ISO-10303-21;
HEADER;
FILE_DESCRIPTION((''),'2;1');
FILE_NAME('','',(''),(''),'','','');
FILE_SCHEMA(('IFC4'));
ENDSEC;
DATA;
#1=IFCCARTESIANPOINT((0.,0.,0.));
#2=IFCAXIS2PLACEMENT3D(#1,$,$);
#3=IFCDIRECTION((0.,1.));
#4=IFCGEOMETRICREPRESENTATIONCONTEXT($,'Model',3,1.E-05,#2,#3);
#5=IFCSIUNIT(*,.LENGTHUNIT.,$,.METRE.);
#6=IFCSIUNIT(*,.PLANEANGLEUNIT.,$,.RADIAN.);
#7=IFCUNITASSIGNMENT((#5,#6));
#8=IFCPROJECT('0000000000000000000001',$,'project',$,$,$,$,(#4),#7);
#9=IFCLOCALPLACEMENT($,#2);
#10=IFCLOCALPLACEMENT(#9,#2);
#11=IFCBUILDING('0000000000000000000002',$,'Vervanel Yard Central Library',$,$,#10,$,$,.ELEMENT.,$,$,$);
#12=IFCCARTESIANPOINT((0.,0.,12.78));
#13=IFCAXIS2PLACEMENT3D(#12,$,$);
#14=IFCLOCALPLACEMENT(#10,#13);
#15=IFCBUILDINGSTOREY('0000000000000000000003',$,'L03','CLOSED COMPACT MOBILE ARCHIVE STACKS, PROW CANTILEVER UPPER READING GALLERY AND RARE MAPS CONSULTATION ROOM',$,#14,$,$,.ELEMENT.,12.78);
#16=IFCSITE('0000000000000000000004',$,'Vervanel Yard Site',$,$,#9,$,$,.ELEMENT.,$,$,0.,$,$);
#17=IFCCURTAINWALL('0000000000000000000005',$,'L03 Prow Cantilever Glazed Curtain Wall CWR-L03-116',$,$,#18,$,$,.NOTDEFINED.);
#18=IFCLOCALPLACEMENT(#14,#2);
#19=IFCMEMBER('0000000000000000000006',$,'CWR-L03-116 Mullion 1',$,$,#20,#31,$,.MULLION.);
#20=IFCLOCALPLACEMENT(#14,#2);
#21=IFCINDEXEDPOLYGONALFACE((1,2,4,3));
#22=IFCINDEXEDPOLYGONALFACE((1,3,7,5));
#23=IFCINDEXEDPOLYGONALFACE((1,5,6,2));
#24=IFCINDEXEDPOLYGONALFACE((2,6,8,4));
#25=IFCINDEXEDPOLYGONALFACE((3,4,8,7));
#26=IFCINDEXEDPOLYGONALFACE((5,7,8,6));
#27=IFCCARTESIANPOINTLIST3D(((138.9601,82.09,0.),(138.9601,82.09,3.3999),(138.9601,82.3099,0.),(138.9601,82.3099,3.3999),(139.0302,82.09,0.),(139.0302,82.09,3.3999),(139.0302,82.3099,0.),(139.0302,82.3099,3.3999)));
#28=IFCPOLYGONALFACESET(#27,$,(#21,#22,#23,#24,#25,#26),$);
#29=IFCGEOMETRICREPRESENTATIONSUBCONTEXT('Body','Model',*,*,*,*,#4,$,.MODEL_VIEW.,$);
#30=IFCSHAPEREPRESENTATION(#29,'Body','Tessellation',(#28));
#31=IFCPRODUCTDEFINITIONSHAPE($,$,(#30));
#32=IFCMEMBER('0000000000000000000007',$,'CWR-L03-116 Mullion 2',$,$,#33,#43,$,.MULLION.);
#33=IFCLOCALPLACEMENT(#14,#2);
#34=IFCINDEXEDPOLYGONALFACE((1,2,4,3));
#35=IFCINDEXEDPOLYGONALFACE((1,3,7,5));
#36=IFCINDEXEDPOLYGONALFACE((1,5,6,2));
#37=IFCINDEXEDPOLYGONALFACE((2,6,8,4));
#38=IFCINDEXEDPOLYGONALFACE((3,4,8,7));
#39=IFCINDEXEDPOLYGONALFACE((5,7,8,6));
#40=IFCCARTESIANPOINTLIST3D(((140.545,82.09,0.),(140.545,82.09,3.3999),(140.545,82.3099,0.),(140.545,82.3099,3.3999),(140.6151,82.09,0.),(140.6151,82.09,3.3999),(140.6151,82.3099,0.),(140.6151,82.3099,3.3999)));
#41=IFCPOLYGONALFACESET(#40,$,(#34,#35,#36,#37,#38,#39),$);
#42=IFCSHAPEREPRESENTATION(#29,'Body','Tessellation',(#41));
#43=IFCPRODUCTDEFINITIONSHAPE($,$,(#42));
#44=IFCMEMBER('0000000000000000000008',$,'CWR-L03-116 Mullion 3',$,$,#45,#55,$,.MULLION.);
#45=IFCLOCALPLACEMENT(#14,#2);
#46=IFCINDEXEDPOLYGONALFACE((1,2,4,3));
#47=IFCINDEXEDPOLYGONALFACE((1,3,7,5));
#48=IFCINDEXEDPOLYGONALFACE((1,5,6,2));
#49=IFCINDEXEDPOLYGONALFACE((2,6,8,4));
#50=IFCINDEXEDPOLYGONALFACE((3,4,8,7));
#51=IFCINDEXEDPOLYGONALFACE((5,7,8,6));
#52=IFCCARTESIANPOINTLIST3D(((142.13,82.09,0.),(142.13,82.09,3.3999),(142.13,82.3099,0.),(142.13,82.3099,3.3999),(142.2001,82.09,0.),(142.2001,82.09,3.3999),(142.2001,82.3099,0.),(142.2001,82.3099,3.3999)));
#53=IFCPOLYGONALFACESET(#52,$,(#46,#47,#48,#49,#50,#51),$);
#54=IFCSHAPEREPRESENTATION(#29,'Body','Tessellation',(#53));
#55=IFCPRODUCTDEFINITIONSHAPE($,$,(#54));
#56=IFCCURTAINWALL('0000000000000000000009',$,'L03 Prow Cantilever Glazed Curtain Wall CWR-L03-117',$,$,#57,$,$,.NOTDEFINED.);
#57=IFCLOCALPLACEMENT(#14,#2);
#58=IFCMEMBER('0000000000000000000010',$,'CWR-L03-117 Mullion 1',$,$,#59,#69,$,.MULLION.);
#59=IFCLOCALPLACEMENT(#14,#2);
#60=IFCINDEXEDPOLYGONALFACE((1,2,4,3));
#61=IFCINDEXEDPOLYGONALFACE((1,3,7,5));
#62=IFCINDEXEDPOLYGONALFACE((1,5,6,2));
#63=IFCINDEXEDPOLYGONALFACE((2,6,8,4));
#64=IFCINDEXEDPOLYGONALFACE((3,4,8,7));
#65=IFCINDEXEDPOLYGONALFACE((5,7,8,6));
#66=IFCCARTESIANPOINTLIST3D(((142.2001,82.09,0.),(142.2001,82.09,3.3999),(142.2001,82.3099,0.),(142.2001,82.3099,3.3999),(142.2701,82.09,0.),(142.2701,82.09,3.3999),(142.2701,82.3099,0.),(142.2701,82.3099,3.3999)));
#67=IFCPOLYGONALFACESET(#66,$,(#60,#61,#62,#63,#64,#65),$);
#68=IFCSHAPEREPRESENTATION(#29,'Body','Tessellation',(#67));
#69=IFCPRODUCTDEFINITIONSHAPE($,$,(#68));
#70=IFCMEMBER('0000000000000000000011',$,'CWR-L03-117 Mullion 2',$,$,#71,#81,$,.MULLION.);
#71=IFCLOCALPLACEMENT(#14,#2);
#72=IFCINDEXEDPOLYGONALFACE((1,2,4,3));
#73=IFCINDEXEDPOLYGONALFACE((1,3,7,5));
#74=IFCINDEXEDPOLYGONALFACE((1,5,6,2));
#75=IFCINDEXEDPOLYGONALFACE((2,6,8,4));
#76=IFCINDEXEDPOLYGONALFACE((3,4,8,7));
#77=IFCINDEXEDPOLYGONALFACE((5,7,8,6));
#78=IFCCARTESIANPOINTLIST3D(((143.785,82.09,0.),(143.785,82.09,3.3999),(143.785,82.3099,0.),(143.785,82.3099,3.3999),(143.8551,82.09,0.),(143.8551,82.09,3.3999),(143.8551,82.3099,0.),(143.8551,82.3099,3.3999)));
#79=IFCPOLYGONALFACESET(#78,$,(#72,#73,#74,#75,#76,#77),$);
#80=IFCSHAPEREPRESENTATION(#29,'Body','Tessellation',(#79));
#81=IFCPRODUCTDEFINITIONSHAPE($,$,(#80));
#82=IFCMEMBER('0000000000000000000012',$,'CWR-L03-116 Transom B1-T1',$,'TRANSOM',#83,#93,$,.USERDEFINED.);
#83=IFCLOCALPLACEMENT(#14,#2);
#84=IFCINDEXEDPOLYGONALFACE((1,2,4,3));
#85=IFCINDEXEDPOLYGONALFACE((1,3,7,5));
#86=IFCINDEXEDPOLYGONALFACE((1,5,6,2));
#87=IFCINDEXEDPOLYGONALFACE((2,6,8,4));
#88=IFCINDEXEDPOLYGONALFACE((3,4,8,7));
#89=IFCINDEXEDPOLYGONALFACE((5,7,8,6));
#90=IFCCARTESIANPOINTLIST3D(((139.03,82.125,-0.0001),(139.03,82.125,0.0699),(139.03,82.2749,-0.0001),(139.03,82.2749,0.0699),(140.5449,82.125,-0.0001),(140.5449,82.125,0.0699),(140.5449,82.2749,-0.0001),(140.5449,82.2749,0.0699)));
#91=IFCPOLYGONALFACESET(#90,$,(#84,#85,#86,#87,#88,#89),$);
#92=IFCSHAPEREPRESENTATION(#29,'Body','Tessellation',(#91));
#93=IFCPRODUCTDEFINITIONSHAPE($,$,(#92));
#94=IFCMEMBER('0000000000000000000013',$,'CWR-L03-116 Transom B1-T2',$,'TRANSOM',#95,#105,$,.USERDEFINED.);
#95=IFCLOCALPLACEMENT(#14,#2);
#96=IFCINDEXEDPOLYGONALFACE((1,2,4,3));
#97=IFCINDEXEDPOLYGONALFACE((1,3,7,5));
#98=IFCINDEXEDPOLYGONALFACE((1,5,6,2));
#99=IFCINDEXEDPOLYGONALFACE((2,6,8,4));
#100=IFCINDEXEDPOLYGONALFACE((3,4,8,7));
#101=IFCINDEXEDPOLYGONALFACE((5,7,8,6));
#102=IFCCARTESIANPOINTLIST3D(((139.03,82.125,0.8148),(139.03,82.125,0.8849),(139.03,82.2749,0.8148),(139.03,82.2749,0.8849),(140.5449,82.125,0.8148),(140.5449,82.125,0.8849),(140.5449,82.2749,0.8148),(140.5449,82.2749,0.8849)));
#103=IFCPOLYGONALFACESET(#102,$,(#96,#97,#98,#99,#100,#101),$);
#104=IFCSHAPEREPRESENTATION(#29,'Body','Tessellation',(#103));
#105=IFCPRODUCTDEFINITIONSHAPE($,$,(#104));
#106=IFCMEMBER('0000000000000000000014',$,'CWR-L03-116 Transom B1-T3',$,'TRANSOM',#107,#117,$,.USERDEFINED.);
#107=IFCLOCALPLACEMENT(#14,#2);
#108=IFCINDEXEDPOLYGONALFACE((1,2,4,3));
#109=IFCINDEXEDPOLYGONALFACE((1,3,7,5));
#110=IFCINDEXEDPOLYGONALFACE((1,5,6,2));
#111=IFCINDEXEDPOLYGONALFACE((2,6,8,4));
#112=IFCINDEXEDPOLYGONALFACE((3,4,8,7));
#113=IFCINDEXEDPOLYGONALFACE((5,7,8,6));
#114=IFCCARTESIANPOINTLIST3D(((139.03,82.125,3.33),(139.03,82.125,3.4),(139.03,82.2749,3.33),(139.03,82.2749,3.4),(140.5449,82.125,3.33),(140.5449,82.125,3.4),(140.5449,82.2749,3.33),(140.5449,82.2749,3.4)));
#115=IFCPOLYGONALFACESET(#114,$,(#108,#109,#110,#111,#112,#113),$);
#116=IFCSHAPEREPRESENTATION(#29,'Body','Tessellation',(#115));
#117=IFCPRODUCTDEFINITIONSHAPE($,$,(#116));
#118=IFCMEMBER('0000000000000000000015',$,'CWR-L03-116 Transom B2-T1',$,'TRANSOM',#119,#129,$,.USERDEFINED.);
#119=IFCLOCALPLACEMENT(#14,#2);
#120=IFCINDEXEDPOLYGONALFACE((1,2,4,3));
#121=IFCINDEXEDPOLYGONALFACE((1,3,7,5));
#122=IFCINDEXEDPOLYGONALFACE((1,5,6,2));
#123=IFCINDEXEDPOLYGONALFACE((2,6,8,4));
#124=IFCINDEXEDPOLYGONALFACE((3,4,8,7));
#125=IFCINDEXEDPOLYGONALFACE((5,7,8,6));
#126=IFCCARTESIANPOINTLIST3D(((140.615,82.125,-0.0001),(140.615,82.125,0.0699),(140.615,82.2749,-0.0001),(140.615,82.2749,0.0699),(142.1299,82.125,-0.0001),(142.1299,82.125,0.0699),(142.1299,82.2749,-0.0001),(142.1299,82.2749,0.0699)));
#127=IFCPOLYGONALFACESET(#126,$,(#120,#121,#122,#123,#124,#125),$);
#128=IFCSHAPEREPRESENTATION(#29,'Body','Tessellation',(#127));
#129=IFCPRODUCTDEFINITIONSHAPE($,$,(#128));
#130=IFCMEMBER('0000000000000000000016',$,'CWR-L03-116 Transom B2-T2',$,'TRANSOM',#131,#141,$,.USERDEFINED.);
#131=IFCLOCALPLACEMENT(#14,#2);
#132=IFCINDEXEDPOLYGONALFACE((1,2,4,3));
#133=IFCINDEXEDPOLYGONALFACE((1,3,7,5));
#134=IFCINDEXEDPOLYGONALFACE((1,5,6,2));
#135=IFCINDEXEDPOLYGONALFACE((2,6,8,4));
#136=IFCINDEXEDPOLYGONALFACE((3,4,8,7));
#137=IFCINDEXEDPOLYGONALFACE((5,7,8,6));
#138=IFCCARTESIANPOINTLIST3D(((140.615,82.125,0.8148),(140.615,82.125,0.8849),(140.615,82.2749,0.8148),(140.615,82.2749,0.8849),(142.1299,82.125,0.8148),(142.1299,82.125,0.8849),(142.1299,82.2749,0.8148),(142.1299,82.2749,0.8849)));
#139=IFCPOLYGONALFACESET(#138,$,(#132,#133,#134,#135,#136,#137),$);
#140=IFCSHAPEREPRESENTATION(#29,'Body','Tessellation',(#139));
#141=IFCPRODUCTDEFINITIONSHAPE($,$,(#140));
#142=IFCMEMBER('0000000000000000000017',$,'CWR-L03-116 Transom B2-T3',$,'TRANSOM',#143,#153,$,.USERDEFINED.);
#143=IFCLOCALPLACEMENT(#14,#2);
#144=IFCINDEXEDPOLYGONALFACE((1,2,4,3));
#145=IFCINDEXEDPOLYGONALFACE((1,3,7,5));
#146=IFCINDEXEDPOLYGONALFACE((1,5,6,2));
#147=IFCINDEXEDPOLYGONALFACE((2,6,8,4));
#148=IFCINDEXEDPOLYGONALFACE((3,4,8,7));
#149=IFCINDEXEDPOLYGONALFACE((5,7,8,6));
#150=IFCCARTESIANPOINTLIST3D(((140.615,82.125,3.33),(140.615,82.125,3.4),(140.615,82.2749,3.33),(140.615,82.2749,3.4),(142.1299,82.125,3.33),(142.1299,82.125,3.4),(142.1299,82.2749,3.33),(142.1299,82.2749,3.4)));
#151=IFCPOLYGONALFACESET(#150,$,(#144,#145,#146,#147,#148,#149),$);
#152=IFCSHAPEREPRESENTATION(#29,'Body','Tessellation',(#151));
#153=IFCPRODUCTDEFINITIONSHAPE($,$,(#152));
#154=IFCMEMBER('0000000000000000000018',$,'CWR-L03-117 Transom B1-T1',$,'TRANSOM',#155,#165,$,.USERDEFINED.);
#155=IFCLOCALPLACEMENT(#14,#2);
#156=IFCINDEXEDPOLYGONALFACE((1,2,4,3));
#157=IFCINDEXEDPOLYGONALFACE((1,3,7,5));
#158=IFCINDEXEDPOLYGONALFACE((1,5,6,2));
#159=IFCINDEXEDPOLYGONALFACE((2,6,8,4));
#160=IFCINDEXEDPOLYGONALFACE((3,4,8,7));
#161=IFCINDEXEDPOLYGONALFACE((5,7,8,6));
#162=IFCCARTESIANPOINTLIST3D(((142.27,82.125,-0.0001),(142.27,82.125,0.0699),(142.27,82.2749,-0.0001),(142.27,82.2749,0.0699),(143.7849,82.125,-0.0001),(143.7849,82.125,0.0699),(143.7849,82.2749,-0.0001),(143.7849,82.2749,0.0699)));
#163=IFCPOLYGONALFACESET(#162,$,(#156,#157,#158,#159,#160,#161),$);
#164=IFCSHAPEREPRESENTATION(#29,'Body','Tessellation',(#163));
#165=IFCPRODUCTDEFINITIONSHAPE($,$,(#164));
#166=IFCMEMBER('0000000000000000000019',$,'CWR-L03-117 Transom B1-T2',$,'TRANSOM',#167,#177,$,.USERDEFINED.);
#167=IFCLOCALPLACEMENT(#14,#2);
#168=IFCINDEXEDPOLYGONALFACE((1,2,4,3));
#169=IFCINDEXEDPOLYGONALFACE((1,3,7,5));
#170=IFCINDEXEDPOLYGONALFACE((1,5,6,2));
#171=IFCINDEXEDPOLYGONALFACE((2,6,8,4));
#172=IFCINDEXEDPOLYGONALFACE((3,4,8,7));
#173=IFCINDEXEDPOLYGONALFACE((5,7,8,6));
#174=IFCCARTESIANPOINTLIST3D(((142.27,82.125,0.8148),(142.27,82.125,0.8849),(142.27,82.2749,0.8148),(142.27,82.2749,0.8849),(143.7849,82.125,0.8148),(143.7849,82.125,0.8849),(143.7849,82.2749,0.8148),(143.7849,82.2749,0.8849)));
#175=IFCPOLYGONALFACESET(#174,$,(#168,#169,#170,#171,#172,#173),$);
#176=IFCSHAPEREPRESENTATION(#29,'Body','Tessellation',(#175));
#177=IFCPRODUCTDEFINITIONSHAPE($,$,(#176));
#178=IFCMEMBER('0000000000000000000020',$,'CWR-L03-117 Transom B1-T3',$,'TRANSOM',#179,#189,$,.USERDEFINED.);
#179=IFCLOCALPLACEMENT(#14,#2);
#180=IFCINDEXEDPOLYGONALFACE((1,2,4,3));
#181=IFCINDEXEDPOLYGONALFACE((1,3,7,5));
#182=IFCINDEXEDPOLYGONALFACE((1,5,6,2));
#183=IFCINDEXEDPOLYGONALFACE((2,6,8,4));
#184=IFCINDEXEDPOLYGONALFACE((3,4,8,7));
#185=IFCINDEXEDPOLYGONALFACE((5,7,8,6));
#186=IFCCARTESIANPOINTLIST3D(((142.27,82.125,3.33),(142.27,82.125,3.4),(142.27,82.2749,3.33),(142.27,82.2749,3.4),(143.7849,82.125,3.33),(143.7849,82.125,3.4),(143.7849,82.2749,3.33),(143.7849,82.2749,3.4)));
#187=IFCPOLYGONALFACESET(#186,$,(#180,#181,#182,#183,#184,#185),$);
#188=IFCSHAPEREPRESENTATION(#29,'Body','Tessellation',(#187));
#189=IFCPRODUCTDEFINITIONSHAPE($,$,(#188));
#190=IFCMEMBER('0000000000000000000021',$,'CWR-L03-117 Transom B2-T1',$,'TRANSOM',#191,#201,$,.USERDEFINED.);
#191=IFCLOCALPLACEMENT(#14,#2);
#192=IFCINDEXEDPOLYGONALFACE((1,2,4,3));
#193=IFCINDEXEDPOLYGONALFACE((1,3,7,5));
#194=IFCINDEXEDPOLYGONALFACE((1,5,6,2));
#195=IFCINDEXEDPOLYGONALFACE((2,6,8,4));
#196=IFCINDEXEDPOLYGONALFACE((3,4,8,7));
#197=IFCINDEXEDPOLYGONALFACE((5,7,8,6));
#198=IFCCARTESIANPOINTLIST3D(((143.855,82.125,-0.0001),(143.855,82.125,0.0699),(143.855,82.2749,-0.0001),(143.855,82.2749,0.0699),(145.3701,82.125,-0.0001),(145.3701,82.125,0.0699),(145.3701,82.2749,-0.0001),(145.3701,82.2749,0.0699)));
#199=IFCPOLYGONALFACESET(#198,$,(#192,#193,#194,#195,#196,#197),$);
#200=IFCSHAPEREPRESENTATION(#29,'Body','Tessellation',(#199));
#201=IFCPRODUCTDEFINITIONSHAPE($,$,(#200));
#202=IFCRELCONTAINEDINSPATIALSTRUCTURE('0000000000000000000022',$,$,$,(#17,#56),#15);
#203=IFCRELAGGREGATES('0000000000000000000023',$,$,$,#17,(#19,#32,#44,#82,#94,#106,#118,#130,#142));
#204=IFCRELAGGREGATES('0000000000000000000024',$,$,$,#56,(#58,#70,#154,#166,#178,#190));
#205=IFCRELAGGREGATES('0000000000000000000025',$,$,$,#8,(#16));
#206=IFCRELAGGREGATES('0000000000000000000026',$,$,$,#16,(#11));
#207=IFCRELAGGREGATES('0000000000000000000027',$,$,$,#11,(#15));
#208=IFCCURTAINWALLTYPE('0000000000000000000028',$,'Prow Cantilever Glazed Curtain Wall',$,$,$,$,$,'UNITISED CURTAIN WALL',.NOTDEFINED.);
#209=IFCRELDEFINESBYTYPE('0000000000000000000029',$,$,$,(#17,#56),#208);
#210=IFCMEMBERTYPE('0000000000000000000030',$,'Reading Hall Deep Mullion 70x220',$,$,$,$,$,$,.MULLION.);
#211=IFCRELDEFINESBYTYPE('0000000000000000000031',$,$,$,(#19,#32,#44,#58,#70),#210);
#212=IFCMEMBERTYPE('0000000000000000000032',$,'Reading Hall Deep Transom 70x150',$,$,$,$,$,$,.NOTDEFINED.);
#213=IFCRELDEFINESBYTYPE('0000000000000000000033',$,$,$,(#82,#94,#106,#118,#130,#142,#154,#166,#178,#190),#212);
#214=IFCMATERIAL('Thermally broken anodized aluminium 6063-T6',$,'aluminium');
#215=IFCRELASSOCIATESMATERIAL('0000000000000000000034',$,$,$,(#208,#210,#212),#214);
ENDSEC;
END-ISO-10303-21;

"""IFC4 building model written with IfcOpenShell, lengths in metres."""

from ifc_helpers import new_model, si_unit, direction, frame, origin, origin_2d, place, context, subcontext, project, spatial, rectangle, extrude, material, material_profile, profile_set, type_object, element, aggregate, save


model = new_model("IFC4")

# Units and contexts
model_context = context("Model", 3, precision=1e-05, world=origin(), true_north=direction((0.0, 1.0)))
body_context = subcontext(model_context, "Body", "Model", "MODEL_VIEW")
ifc_project = project(units=[si_unit("LENGTHUNIT", "METRE"), si_unit("PLANEANGLEUNIT", "RADIAN")], contexts=[model_context])

# Site, building, storey
site_placement = place(None, origin())
site = spatial("IfcSite", under=ifc_project, at=site_placement, Name="Vervanel Yard Site", CompositionType="ELEMENT", RefElevation=0.0)
building_placement = place(site_placement, origin())
building = spatial("IfcBuilding", under=site, at=building_placement, Name="Vervanel Yard Central Library", CompositionType="ELEMENT")
storey_placement = place(building_placement, frame((0.0, 0.0, 12.78)))
storey = spatial("IfcBuildingStorey", under=building, at=storey_placement, Name="L03", Description="CLOSED COMPACT MOBILE ARCHIVE STACKS, PROW CANTILEVER UPPER READING GALLERY AND RARE MAPS CONSULTATION ROOM", CompositionType="ELEMENT", Elevation=12.78)

# Curtain walls, members
ifc_material_1 = material(Name="Thermally broken anodized aluminium 6063-T6", Category="aluminium")
curtain_wall_type = type_object("IfcCurtainWallType", Name="Prow Cantilever Glazed Curtain Wall", ElementType="UNITISED CURTAIN WALL", PredefinedType="NOTDEFINED", material=ifc_material_1)
curtain_wall_1_placement = place(storey_placement, origin())
curtain_wall_1 = element("IfcCurtainWall", 1, at=curtain_wall_1_placement, inside=storey, type_object=curtain_wall_type, Name="L03 Prow Cantilever Glazed Curtain Wall CWR-L03-116", PredefinedType="NOTDEFINED")
ifc_material_profile_1 = material_profile(ifc_material_1, rectangle(XDim=0.0701, YDim=0.22, at=origin_2d()), Name="ALU 70x220", Category="aluminium")
ifc_profile_set_1 = profile_set([ifc_material_profile_1], Name="Thermally broken anodized aluminium 6063-T6")
member_type_1 = type_object("IfcMemberType", Name="Reading Hall Deep Mullion 70x220", PredefinedType="MULLION", material=ifc_profile_set_1)
member_1_placement = place(storey_placement, frame((138.9951, 82.2, 0.0), z_axis=(0.0, 0.0, 1.0), x_axis=(1.0, 0.0, 0.0)))
member_1 = element("IfcMember", 2, at=member_1_placement, type_object=member_type_1, Name="CWR-L03-116 Mullion 1", PredefinedType="MULLION", context=body_context, shape_type="SweptSolid", body=[
    extrude(rectangle(XDim=0.0701, YDim=0.22, at=origin_2d()), origin(), (0.0, 0.0, 1.0), 3.3999),
])
member_2_placement = place(storey_placement, frame((140.5801, 82.2, 0.0), z_axis=(0.0, 0.0, 1.0), x_axis=(1.0, 0.0, 0.0)))
member_2 = element("IfcMember", 3, at=member_2_placement, type_object=member_type_1, Name="CWR-L03-116 Mullion 2", PredefinedType="MULLION", context=body_context, shape_type="SweptSolid", body=[
    extrude(rectangle(XDim=0.0701, YDim=0.22, at=origin_2d()), origin(), (0.0, 0.0, 1.0), 3.3999),
])
member_3_placement = place(storey_placement, frame((142.165, 82.2, 0.0), z_axis=(0.0, 0.0, 1.0), x_axis=(1.0, 0.0, 0.0)))
member_3 = element("IfcMember", 4, at=member_3_placement, type_object=member_type_1, Name="CWR-L03-116 Mullion 3", PredefinedType="MULLION", context=body_context, shape_type="SweptSolid", body=[
    extrude(rectangle(XDim=0.0701, YDim=0.22, at=origin_2d()), origin(), (0.0, 0.0, 1.0), 3.3999),
])
curtain_wall_2_placement = place(storey_placement, origin())
curtain_wall_2 = element("IfcCurtainWall", 5, at=curtain_wall_2_placement, inside=storey, type_object=curtain_wall_type, Name="L03 Prow Cantilever Glazed Curtain Wall CWR-L03-117", PredefinedType="NOTDEFINED")
member_4_placement = place(storey_placement, frame((142.2351, 82.2, 0.0), z_axis=(0.0, 0.0, 1.0), x_axis=(1.0, 0.0, 0.0)))
member_4 = element("IfcMember", 6, at=member_4_placement, type_object=member_type_1, Name="CWR-L03-117 Mullion 1", PredefinedType="MULLION", context=body_context, shape_type="SweptSolid", body=[
    extrude(rectangle(XDim=0.0701, YDim=0.22, at=origin_2d()), origin(), (0.0, 0.0, 1.0), 3.3999),
])
member_5_placement = place(storey_placement, frame((143.8201, 82.2, 0.0), z_axis=(0.0, 0.0, 1.0), x_axis=(1.0, 0.0, 0.0)))
member_5 = element("IfcMember", 7, at=member_5_placement, type_object=member_type_1, Name="CWR-L03-117 Mullion 2", PredefinedType="MULLION", context=body_context, shape_type="SweptSolid", body=[
    extrude(rectangle(XDim=0.0701, YDim=0.22, at=origin_2d()), origin(), (0.0, 0.0, 1.0), 3.3999),
])

# Members
ifc_material_profile_2 = material_profile(ifc_material_1, rectangle(XDim=0.0701, YDim=0.1499, at=origin_2d()), Name="ALU 70x150", Category="aluminium")
ifc_profile_set_2 = profile_set([ifc_material_profile_2], Name="Thermally broken anodized aluminium 6063-T6")
member_type_2 = type_object("IfcMemberType", Name="Reading Hall Deep Transom 70x150", PredefinedType="NOTDEFINED", material=ifc_profile_set_2)
member_6_placement = place(storey_placement, frame((139.03, 82.2, 0.0349), z_axis=(1.0, 0.0, 0.0), x_axis=(0.0, 0.0, 1.0)))
member_6 = element("IfcMember", 8, at=member_6_placement, type_object=member_type_2, Name="CWR-L03-116 Transom B1-T1", ObjectType="TRANSOM", PredefinedType="USERDEFINED", context=body_context, shape_type="SweptSolid", body=[
    extrude(rectangle(XDim=0.0701, YDim=0.1499, at=origin_2d()), origin(), (0.0, 0.0, 1.0), 1.5149),
])
member_7_placement = place(storey_placement, frame((139.03, 82.2, 0.8499), z_axis=(1.0, 0.0, 0.0), x_axis=(0.0, 0.0, 1.0)))
member_7 = element("IfcMember", 9, at=member_7_placement, type_object=member_type_2, Name="CWR-L03-116 Transom B1-T2", ObjectType="TRANSOM", PredefinedType="USERDEFINED", context=body_context, shape_type="SweptSolid", body=[
    extrude(rectangle(XDim=0.0701, YDim=0.1499, at=origin_2d()), origin(), (0.0, 0.0, 1.0), 1.5149),
])
member_8_placement = place(storey_placement, frame((139.03, 82.2, 3.365), z_axis=(1.0, 0.0, 0.0), x_axis=(0.0, 0.0, 1.0)))
member_8 = element("IfcMember", 10, at=member_8_placement, type_object=member_type_2, Name="CWR-L03-116 Transom B1-T3", ObjectType="TRANSOM", PredefinedType="USERDEFINED", context=body_context, shape_type="SweptSolid", body=[
    extrude(rectangle(XDim=0.0701, YDim=0.1499, at=origin_2d()), origin(), (0.0, 0.0, 1.0), 1.5149),
])
member_9_placement = place(storey_placement, frame((140.615, 82.2, 0.0349), z_axis=(1.0, 0.0, 0.0), x_axis=(0.0, 0.0, 1.0)))
member_9 = element("IfcMember", 11, at=member_9_placement, type_object=member_type_2, Name="CWR-L03-116 Transom B2-T1", ObjectType="TRANSOM", PredefinedType="USERDEFINED", context=body_context, shape_type="SweptSolid", body=[
    extrude(rectangle(XDim=0.0701, YDim=0.1499, at=origin_2d()), origin(), (0.0, 0.0, 1.0), 1.5149),
])
member_10_placement = place(storey_placement, frame((140.615, 82.2, 0.8499), z_axis=(1.0, 0.0, 0.0), x_axis=(0.0, 0.0, 1.0)))
member_10 = element("IfcMember", 12, at=member_10_placement, type_object=member_type_2, Name="CWR-L03-116 Transom B2-T2", ObjectType="TRANSOM", PredefinedType="USERDEFINED", context=body_context, shape_type="SweptSolid", body=[
    extrude(rectangle(XDim=0.0701, YDim=0.1499, at=origin_2d()), origin(), (0.0, 0.0, 1.0), 1.5149),
])
member_11_placement = place(storey_placement, frame((140.615, 82.2, 3.365), z_axis=(1.0, 0.0, 0.0), x_axis=(0.0, 0.0, 1.0)))
member_11 = element("IfcMember", 13, at=member_11_placement, type_object=member_type_2, Name="CWR-L03-116 Transom B2-T3", ObjectType="TRANSOM", PredefinedType="USERDEFINED", context=body_context, shape_type="SweptSolid", body=[
    extrude(rectangle(XDim=0.0701, YDim=0.1499, at=origin_2d()), origin(), (0.0, 0.0, 1.0), 1.5149),
])
member_12_placement = place(storey_placement, frame((142.27, 82.2, 0.0349), z_axis=(1.0, 0.0, 0.0), x_axis=(0.0, 0.0, 1.0)))
member_12 = element("IfcMember", 14, at=member_12_placement, type_object=member_type_2, Name="CWR-L03-117 Transom B1-T1", ObjectType="TRANSOM", PredefinedType="USERDEFINED", context=body_context, shape_type="SweptSolid", body=[
    extrude(rectangle(XDim=0.0701, YDim=0.1499, at=origin_2d()), origin(), (0.0, 0.0, 1.0), 1.5149),
])
member_13_placement = place(storey_placement, frame((142.27, 82.2, 0.8499), z_axis=(1.0, 0.0, 0.0), x_axis=(0.0, 0.0, 1.0)))
member_13 = element("IfcMember", 15, at=member_13_placement, type_object=member_type_2, Name="CWR-L03-117 Transom B1-T2", ObjectType="TRANSOM", PredefinedType="USERDEFINED", context=body_context, shape_type="SweptSolid", body=[
    extrude(rectangle(XDim=0.0701, YDim=0.1499, at=origin_2d()), origin(), (0.0, 0.0, 1.0), 1.5149),
])
member_14_placement = place(storey_placement, frame((142.27, 82.2, 3.365), z_axis=(1.0, 0.0, 0.0), x_axis=(0.0, 0.0, 1.0)))
member_14 = element("IfcMember", 16, at=member_14_placement, type_object=member_type_2, Name="CWR-L03-117 Transom B1-T3", ObjectType="TRANSOM", PredefinedType="USERDEFINED", context=body_context, shape_type="SweptSolid", body=[
    extrude(rectangle(XDim=0.0701, YDim=0.1499, at=origin_2d()), origin(), (0.0, 0.0, 1.0), 1.5149),
])
member_15_placement = place(storey_placement, frame((143.855, 82.2, 0.0349), z_axis=(1.0, 0.0, 0.0), x_axis=(0.0, 0.0, 1.0)))
member_15 = element("IfcMember", 17, at=member_15_placement, type_object=member_type_2, Name="CWR-L03-117 Transom B2-T1", ObjectType="TRANSOM", PredefinedType="USERDEFINED", context=body_context, shape_type="SweptSolid", body=[
    extrude(rectangle(XDim=0.0701, YDim=0.1499, at=origin_2d()), origin(), (0.0, 0.0, 1.0), 1.5151),
])

aggregate(curtain_wall_1, [member_1, member_2, member_3, member_6, member_7, member_8, member_9, member_10, member_11])
aggregate(curtain_wall_2, [member_4, member_5, member_12, member_13, member_14, member_15])

save(model, "model.ifc")
